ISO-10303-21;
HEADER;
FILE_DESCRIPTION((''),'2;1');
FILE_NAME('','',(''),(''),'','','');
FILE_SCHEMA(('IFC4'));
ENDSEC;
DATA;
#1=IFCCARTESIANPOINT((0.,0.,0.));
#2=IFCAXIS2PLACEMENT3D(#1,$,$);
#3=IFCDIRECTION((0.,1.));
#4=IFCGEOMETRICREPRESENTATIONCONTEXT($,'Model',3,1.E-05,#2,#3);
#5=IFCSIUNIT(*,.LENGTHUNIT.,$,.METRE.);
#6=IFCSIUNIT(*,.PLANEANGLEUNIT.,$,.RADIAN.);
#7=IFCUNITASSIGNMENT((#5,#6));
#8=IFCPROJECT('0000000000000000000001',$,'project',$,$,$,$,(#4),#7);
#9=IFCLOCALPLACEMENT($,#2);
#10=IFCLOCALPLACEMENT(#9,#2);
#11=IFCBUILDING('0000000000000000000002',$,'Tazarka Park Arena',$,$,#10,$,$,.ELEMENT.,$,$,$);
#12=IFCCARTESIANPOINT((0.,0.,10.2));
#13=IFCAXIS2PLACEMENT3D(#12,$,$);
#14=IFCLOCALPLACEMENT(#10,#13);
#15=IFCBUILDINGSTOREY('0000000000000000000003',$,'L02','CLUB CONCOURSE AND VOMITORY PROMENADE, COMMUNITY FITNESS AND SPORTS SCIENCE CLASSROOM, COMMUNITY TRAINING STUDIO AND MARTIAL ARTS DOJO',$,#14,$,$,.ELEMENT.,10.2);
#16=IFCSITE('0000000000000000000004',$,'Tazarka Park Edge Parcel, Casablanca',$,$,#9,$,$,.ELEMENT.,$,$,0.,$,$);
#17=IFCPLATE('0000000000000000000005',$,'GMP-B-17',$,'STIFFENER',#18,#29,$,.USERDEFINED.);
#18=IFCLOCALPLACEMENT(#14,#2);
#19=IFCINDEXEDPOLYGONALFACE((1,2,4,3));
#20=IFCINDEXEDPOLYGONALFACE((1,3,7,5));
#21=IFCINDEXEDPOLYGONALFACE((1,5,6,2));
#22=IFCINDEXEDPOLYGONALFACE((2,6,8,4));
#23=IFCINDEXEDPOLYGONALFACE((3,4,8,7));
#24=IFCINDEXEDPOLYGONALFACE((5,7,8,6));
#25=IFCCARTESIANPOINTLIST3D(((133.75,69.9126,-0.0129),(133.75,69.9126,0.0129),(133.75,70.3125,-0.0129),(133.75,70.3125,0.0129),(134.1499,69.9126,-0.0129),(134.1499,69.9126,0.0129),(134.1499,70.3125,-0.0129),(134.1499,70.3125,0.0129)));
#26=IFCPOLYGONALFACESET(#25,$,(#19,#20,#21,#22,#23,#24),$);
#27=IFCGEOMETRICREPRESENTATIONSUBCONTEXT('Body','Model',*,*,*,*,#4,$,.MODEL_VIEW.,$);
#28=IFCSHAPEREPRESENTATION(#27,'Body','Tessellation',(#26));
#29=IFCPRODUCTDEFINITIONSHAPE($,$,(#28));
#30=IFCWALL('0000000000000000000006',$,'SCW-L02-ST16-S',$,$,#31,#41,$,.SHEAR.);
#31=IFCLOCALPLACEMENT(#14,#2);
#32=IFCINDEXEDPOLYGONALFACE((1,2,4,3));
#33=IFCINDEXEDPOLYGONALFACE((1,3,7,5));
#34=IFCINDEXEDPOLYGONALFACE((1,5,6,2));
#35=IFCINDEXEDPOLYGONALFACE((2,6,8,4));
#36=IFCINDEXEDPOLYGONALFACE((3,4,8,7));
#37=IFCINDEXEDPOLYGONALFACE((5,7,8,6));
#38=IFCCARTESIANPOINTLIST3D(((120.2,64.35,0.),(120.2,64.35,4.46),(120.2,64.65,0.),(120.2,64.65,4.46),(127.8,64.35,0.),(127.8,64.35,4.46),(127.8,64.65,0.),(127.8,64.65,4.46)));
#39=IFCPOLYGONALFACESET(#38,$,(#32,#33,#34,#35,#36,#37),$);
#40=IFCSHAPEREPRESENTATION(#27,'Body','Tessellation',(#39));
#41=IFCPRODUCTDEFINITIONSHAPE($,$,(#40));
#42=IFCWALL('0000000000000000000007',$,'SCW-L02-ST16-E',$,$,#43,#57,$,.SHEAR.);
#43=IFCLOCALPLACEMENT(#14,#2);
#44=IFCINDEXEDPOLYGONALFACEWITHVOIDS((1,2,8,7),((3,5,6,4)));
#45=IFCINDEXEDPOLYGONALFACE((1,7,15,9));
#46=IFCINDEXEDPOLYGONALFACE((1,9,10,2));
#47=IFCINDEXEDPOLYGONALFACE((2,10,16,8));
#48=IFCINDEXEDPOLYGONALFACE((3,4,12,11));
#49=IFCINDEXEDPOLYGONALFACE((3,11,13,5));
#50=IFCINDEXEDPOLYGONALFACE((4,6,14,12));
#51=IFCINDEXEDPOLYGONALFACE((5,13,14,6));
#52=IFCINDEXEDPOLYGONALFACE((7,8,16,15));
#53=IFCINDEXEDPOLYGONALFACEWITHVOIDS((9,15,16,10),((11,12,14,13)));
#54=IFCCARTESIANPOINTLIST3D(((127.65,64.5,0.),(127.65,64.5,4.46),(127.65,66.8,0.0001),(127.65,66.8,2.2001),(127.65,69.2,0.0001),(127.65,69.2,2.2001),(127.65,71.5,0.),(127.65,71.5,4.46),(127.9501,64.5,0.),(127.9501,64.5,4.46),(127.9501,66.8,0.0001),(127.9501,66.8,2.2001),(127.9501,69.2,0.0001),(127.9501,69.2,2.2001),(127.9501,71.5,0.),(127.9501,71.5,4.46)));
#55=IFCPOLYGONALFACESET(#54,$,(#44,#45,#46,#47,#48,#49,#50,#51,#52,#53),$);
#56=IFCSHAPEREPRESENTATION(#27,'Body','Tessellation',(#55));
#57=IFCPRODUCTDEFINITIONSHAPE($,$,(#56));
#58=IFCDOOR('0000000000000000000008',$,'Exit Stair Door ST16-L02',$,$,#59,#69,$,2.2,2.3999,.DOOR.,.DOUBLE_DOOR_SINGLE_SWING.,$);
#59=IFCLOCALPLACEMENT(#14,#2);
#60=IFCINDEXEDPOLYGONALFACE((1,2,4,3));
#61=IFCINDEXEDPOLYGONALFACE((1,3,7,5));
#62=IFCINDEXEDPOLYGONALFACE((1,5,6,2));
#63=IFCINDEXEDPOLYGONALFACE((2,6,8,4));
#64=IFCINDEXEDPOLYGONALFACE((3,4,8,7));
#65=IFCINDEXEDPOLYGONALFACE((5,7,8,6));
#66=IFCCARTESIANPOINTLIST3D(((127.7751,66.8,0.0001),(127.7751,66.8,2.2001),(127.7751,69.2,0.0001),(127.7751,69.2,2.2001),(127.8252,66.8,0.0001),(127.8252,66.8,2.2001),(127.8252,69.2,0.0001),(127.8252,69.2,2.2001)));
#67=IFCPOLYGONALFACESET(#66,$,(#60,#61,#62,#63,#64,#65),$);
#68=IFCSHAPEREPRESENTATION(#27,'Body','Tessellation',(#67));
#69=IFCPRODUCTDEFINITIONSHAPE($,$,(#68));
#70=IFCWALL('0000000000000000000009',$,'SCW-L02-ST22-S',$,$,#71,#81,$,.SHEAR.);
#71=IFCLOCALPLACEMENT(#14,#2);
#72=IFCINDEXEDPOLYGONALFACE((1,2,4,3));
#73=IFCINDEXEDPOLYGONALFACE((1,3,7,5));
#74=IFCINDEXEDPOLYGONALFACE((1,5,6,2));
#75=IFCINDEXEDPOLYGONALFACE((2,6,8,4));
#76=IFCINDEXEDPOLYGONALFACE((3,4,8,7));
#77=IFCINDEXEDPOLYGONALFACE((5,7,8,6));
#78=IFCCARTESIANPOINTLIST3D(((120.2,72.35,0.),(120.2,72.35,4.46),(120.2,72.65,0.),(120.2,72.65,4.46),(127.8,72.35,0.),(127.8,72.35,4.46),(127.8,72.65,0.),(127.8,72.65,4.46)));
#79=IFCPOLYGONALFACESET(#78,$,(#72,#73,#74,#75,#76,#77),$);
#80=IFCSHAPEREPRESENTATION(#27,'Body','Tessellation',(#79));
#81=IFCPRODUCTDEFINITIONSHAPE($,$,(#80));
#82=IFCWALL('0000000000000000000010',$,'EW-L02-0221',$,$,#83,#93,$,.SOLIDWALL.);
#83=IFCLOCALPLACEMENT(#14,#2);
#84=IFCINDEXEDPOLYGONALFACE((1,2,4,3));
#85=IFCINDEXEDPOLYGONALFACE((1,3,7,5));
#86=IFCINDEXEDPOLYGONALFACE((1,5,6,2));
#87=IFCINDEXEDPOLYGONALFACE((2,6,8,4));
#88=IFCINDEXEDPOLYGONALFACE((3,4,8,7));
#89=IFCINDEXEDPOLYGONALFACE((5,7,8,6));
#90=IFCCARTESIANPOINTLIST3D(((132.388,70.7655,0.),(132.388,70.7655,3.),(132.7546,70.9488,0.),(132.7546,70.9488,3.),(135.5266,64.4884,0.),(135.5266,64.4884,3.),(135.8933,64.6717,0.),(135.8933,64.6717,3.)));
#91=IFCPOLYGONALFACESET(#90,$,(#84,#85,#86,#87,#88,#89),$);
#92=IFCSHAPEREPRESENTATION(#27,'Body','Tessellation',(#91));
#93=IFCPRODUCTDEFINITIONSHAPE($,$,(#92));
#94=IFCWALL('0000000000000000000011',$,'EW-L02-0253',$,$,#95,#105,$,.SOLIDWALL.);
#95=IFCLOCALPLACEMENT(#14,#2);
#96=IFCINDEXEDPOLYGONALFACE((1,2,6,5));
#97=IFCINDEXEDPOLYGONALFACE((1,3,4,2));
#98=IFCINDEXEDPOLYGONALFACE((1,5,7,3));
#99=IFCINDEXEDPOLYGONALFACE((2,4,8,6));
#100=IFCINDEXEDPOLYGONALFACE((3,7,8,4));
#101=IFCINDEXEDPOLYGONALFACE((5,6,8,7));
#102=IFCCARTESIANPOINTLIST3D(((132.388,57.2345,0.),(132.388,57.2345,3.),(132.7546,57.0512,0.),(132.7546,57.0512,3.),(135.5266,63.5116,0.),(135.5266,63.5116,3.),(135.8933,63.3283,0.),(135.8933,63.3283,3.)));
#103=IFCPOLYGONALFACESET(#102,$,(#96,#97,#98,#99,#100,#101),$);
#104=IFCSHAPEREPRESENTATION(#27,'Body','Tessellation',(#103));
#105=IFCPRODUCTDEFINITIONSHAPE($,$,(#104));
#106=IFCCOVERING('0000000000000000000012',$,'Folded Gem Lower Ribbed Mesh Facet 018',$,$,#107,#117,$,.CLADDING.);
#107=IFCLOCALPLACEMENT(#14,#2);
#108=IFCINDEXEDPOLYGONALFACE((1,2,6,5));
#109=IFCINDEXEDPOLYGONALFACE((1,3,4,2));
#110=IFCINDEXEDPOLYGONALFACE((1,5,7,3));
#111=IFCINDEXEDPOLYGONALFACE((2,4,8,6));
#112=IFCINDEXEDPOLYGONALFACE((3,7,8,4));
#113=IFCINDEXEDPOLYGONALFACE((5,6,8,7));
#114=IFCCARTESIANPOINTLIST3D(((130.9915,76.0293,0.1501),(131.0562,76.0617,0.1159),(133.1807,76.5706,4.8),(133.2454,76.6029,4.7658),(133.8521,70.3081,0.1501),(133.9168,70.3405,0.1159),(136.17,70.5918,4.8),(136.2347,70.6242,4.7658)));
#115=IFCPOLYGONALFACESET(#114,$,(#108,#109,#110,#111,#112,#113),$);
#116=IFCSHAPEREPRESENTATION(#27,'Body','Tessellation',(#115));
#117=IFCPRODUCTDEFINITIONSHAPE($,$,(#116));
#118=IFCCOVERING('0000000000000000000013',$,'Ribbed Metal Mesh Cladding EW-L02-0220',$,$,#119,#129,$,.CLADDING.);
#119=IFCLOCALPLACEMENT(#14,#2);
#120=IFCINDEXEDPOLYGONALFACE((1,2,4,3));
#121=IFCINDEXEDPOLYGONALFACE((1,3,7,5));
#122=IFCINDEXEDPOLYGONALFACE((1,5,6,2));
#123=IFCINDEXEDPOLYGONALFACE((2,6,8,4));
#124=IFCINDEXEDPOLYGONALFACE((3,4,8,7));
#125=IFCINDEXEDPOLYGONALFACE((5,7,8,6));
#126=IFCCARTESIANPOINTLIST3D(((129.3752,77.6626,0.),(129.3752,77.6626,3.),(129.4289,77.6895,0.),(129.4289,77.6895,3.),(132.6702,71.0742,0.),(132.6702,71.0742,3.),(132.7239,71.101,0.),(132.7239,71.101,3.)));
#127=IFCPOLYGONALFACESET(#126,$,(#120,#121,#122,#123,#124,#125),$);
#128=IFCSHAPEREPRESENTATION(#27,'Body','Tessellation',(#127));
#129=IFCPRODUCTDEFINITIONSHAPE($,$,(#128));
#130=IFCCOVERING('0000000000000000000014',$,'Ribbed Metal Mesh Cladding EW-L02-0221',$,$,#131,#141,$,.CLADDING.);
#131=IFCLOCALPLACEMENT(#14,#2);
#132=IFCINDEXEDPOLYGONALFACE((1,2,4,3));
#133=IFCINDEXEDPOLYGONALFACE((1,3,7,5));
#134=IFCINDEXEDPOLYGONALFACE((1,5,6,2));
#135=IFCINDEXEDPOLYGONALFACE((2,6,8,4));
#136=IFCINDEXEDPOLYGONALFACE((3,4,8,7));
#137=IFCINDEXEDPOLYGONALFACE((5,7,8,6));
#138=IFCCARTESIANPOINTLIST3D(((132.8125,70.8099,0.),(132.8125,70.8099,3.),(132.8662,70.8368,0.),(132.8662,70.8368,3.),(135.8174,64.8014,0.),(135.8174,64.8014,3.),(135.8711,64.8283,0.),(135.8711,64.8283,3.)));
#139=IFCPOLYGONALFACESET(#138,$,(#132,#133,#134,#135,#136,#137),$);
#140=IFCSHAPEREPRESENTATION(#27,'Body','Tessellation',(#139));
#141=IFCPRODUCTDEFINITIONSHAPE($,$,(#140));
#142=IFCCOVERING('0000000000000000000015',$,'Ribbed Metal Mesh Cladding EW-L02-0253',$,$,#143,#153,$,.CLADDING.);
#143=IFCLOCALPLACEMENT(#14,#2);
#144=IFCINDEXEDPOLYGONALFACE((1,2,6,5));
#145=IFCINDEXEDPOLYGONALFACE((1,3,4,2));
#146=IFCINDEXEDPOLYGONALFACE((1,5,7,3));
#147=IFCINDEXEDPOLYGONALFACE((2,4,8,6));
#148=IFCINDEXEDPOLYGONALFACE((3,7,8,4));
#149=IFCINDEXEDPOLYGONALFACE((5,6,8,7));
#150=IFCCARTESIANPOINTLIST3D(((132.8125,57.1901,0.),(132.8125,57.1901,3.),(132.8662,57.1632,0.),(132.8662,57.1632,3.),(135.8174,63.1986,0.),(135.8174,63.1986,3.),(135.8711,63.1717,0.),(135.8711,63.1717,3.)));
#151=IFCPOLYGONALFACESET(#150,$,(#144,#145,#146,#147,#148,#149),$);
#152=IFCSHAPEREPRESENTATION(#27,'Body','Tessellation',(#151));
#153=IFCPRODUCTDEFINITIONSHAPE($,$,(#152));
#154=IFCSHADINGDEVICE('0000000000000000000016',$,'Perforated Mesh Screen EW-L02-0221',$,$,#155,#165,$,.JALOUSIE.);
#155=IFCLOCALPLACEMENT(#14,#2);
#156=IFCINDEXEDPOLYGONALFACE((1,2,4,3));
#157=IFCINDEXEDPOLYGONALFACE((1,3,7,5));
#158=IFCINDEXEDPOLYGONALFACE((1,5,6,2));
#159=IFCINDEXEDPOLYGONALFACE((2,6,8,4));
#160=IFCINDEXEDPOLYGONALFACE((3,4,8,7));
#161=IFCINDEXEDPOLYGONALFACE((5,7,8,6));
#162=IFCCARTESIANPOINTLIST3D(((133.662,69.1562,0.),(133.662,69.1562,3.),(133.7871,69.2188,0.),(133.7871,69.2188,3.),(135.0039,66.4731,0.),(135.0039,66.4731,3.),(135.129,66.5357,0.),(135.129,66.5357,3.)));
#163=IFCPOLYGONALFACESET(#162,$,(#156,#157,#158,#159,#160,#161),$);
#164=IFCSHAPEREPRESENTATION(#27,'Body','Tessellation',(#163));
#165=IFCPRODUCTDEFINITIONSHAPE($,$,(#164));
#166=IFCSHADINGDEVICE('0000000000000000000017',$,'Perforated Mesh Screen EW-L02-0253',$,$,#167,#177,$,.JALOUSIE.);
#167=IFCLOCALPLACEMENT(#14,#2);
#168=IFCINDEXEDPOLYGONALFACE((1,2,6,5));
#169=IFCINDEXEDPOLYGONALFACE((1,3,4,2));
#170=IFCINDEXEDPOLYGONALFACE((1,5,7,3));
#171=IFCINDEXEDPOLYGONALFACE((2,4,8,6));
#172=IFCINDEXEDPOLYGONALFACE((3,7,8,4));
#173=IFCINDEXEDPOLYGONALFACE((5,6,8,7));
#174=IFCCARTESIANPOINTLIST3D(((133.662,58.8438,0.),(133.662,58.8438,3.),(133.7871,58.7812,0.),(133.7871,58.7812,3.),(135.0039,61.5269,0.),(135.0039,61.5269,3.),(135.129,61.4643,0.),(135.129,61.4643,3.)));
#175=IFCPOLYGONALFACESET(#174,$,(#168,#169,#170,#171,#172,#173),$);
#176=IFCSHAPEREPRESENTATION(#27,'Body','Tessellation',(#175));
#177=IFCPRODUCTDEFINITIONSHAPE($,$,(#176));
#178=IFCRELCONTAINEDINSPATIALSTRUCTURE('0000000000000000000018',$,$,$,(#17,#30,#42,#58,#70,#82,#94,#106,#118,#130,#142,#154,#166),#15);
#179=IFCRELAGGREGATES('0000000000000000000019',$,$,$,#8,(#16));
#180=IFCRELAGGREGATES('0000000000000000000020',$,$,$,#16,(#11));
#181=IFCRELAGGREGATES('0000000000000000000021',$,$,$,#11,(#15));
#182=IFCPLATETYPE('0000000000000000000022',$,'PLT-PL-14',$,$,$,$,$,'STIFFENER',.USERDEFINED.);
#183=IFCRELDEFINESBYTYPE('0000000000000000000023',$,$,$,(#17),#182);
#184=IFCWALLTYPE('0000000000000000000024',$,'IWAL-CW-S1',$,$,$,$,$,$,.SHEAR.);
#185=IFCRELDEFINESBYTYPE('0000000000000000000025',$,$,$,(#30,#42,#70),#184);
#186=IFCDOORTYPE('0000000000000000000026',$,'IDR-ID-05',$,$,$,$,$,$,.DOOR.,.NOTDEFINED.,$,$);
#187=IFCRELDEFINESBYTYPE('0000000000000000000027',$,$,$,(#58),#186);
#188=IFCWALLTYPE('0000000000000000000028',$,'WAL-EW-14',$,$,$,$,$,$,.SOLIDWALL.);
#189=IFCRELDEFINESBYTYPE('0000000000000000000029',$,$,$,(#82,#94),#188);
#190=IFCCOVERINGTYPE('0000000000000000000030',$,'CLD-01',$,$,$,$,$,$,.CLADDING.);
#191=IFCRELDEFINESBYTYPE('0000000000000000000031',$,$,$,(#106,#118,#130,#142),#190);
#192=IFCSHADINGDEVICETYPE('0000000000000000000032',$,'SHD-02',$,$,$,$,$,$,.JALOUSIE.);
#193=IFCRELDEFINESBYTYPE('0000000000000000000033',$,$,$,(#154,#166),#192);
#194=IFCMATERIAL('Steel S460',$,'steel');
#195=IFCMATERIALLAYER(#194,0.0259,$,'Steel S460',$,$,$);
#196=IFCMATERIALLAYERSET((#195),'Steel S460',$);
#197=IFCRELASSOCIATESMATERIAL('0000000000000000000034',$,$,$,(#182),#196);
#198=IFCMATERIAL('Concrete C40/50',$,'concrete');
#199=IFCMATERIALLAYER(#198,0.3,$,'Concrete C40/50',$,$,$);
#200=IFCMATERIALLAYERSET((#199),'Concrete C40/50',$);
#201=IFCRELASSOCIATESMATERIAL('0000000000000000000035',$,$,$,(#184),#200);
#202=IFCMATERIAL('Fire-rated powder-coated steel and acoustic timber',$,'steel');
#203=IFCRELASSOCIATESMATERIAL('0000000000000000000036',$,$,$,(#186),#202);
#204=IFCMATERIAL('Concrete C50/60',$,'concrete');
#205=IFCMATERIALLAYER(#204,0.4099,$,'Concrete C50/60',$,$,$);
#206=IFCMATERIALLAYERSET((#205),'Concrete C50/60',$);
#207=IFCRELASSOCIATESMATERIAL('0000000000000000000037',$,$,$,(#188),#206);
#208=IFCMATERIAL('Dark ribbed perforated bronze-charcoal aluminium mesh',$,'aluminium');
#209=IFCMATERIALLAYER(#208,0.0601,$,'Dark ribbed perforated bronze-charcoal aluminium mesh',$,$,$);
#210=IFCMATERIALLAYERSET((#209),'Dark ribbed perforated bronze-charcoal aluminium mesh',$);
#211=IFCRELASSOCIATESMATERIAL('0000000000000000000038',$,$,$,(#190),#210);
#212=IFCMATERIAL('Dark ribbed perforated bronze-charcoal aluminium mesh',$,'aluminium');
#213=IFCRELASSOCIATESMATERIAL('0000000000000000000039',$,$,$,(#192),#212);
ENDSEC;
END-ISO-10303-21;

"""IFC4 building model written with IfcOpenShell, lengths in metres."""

from ifc_helpers import new_model, si_unit, direction, frame, frame_2d, origin, origin_2d, place, context, subcontext, project, spatial, polyline, rectangle, outline, extrude, material, layer, layer_set, type_object, element, fill, save


model = new_model("IFC4")

# Units and contexts
model_context = context("Model", 3, precision=1e-05, world=origin(), true_north=direction((0.0, 1.0)))
body_context = subcontext(model_context, "Body", "Model", "MODEL_VIEW")
ifc_project = project(units=[si_unit("LENGTHUNIT", "METRE"), si_unit("PLANEANGLEUNIT", "RADIAN")], contexts=[model_context])

# Site, building, storey
site_placement = place(None, origin())
site = spatial("IfcSite", under=ifc_project, at=site_placement, Name="Tazarka Park Edge Parcel, Casablanca", CompositionType="ELEMENT", RefElevation=0.0)
building_placement = place(site_placement, origin())
building = spatial("IfcBuilding", under=site, at=building_placement, Name="Tazarka Park Arena", CompositionType="ELEMENT")
storey_placement = place(building_placement, frame((0.0, 0.0, 10.2)))
storey = spatial("IfcBuildingStorey", under=building, at=storey_placement, Name="L02", Description="CLUB CONCOURSE AND VOMITORY PROMENADE, COMMUNITY FITNESS AND SPORTS SCIENCE CLASSROOM, COMMUNITY TRAINING STUDIO AND MARTIAL ARTS DOJO", CompositionType="ELEMENT", Elevation=10.2)

# Plate
ifc_material_1 = material(Name="Steel S460", Category="steel")
ifc_layer_1 = layer(ifc_material_1, 0.0259, Name="Steel S460")
ifc_layer_set_1 = layer_set([ifc_layer_1], Name="Steel S460")
plate_type = type_object("IfcPlateType", Name="PLT-PL-14", ElementType="STIFFENER", PredefinedType="USERDEFINED", material=ifc_layer_set_1)
plate_placement = place(storey_placement, frame((133.95, 70.1125, -0.0129), z_axis=(0.0, 0.0, 1.0), x_axis=(1.0, 0.0, 0.0)))
element("IfcPlate", 1, at=plate_placement, inside=storey, type_object=plate_type, Name="GMP-B-17", ObjectType="STIFFENER", PredefinedType="USERDEFINED", context=body_context, shape_type="SweptSolid", body=[
    extrude(rectangle(XDim=0.3999, YDim=0.3999, at=origin_2d()), origin(), (0.0, 0.0, 1.0), 0.0259),
])

# Wall
ifc_material_2 = material(Name="Concrete C40/50", Category="concrete")
ifc_layer_2 = layer(ifc_material_2, 0.3, Name="Concrete C40/50")
ifc_layer_set_2 = layer_set([ifc_layer_2], Name="Concrete C40/50")
wall_type_1 = type_object("IfcWallType", Name="IWAL-CW-S1", PredefinedType="SHEAR", material=ifc_layer_set_2)
wall_1_placement = place(storey_placement, frame((127.8, 64.5, 0.0), z_axis=(0.0, 0.0, 1.0), x_axis=(-1.0, 0.0, 0.0)))
element("IfcWall", 2, at=wall_1_placement, inside=storey, type_object=wall_type_1, Name="SCW-L02-ST16-S", PredefinedType="SHEAR", context=body_context, shape_type="SweptSolid", body=[
    extrude(rectangle(XDim=7.6001, YDim=0.3, at=frame_2d((3.8, 0.0))), origin(), (0.0, 0.0, 1.0), 4.46),
])

# Wall, opening, door
wall_2_placement = place(storey_placement, frame((127.8, 71.5, 0.0), z_axis=(0.0, 0.0, 1.0), x_axis=(0.0, -1.0, 0.0)))
wall_2 = element("IfcWall", 3, at=wall_2_placement, inside=storey, type_object=wall_type_1, Name="SCW-L02-ST16-E", PredefinedType="SHEAR", context=body_context, shape_type="SweptSolid", body=[
    extrude(rectangle(XDim=7.0, YDim=0.3, at=frame_2d((3.5, 0.0))), origin(), (0.0, 0.0, 1.0), 4.46),
])
opening_placement = place(wall_2_placement, frame((2.3, 0.0, 0.0)))
opening = element("IfcOpeningElement", 4, at=opening_placement, cuts=wall_2, PredefinedType="OPENING", context=body_context, shape_type="SweptSolid", body=[
    extrude(rectangle(XDim=2.3999, YDim=2.2, at=frame_2d((1.2, 1.1001))), frame((0.0, 0.1602, 0.0), z_axis=(0.0, -1.0, 0.0), x_axis=(1.0, 0.0, 0.0)), (0.0, 0.0, 1.0), 0.3201),
])
ifc_material_3 = material(Name="Fire-rated powder-coated steel and acoustic timber", Category="steel")
door_type = type_object("IfcDoorType", Name="IDR-ID-05", OperationType="NOTDEFINED", PredefinedType="DOOR", material=ifc_material_3)
door_placement = place(opening_placement, frame((2.3999, 0.0, 0.0), z_axis=(0.0, 0.0, 1.0), x_axis=(-1.0, 0.0, 0.0)))
door = element("IfcDoor", 5, at=door_placement, inside=storey, type_object=door_type, Name="Exit Stair Door ST16-L02", OperationType="DOUBLE_DOOR_SINGLE_SWING", OverallHeight=2.2, OverallWidth=2.3999, PredefinedType="DOOR", context=body_context, shape_type="SweptSolid", body=[
    extrude(rectangle(XDim=2.3999, YDim=2.2, at=frame_2d((1.2, 1.1001))), frame((0.0, 0.0249, 0.0), z_axis=(0.0, -1.0, 0.0), x_axis=(1.0, 0.0, 0.0)), (0.0, 0.0, 1.0), 0.05),
])
fill(opening, door)

# Walls
wall_3_placement = place(storey_placement, frame((127.8, 72.5, 0.0), z_axis=(0.0, 0.0, 1.0), x_axis=(-1.0, 0.0, 0.0)))
element("IfcWall", 6, at=wall_3_placement, inside=storey, type_object=wall_type_1, Name="SCW-L02-ST22-S", PredefinedType="SHEAR", context=body_context, shape_type="SweptSolid", body=[
    extrude(rectangle(XDim=7.6001, YDim=0.3, at=frame_2d((3.8, 0.0))), origin(), (0.0, 0.0, 1.0), 4.46),
])
ifc_material_4 = material(Name="Concrete C50/60", Category="concrete")
ifc_layer_3 = layer(ifc_material_4, 0.4099, Name="Concrete C50/60")
ifc_layer_set_3 = layer_set([ifc_layer_3], Name="Concrete C50/60")
wall_type_2 = type_object("IfcWallType", Name="WAL-EW-14", PredefinedType="SOLIDWALL", material=ifc_layer_set_3)
for number, where, z_axis, x_axis, name in (
    (7, (132.5713, 70.8572, 0.0), (0.0, 0.0, 1.0), (0.447228, -0.89442, 0.0), "EW-L02-0221"),
    (8, (135.71, 63.4199, 0.0), (0.0, 0.0, 1.0), (-0.447228, -0.89442, 0.0), "EW-L02-0253"),
):
    element("IfcWall", number, at=place(storey_placement, frame(where, z_axis=z_axis, x_axis=x_axis)), inside=storey, type_object=wall_type_2, Name=name, PredefinedType="SOLIDWALL", context=body_context, shape_type="SweptSolid", body=[
        extrude(rectangle(XDim=7.0181, YDim=0.4099, at=frame_2d((3.509, 0.0))), origin(), (0.0, 0.0, 1.0), 3.0),
    ])

# Coverings
ifc_material_5 = material(Name="Dark ribbed perforated bronze-charcoal aluminium mesh", Category="aluminium")
ifc_layer_4 = layer(ifc_material_5, 0.0601, Name="Dark ribbed perforated bronze-charcoal aluminium mesh")
ifc_layer_set_4 = layer_set([ifc_layer_4], Name="Dark ribbed perforated bronze-charcoal aluminium mesh")
covering_type = type_object("IfcCoveringType", Name="CLD-01", PredefinedType="CLADDING", material=ifc_layer_set_4)
covering_1_placement = place(storey_placement, frame((133.8521, 70.3081, 0.1501), z_axis=(-0.808498, -0.404241, 0.427691), x_axis=(-0.447207, 0.89443, -0.000003)))
element("IfcCovering", 9, at=covering_1_placement, inside=storey, type_object=covering_type, Name="Folded Gem Lower Ribbed Mesh Facet 018", PredefinedType="CLADDING", context=body_context, shape_type="SweptSolid", body=[
    extrude(outline(polyline([(0.0, 0.0), (6.3965, 0.0), (5.9016, -5.1441), (-0.7828, -5.1441), (0.0, 0.0)])), origin(), (0.0, 0.0, -1.0), 0.0801),
])
covering_2_placement = place(storey_placement, frame((131.0496, 74.3818, 0.0), z_axis=(0.0, 0.0, 1.0), x_axis=(0.447291, -0.894389, 0.0)))
element("IfcCovering", 10, at=covering_2_placement, inside=storey, type_object=covering_type, Name="Ribbed Metal Mesh Cladding EW-L02-0220", PredefinedType="CLADDING", context=body_context, shape_type="SweptSolid", body=[
    extrude(rectangle(XDim=7.3665, YDim=0.0601, at=origin_2d()), origin(), (0.0, 0.0, 1.0), 3.0),
])
for number, where, z_axis, x_axis, name in (
    (11, (134.3418, 67.8191, 0.0), (0.0, 0.0, 1.0), (0.447291, -0.894389, 0.0), "Ribbed Metal Mesh Cladding EW-L02-0221"),
    (12, (134.3418, 60.1809, 0.0), (0.0, 0.0, 1.0), (-0.447291, -0.894389, 0.0), "Ribbed Metal Mesh Cladding EW-L02-0253"),
):
    element("IfcCovering", number, at=place(storey_placement, frame(where, z_axis=z_axis, x_axis=x_axis)), inside=storey, type_object=covering_type, Name=name, PredefinedType="CLADDING", context=body_context, shape_type="SweptSolid", body=[
        extrude(rectangle(XDim=6.718, YDim=0.0601, at=origin_2d()), origin(), (0.0, 0.0, 1.0), 3.0),
    ])

# Shading devices
ifc_material_6 = material(Name="Dark ribbed perforated bronze-charcoal aluminium mesh", Category="aluminium")
shading_device_type = type_object("IfcShadingDeviceType", Name="SHD-02", PredefinedType="JALOUSIE", material=ifc_material_6)
for number, where, z_axis, x_axis, name in (
    (13, (134.3955, 67.8459, 0.0), (0.0, 0.0, 1.0), (0.447291, -0.894389, 0.0), "Perforated Mesh Screen EW-L02-0221"),
    (14, (134.3955, 60.1541, 0.0), (0.0, 0.0, 1.0), (-0.447291, -0.894389, 0.0), "Perforated Mesh Screen EW-L02-0253"),
):
    element("IfcShadingDevice", number, at=place(storey_placement, frame(where, z_axis=z_axis, x_axis=x_axis)), inside=storey, type_object=shading_device_type, Name=name, PredefinedType="JALOUSIE", context=body_context, shape_type="SweptSolid", body=[
        extrude(rectangle(XDim=3.0, YDim=0.1399, at=origin_2d()), origin(), (0.0, 0.0, 1.0), 3.0),
    ])

save(model, "model.ifc")
